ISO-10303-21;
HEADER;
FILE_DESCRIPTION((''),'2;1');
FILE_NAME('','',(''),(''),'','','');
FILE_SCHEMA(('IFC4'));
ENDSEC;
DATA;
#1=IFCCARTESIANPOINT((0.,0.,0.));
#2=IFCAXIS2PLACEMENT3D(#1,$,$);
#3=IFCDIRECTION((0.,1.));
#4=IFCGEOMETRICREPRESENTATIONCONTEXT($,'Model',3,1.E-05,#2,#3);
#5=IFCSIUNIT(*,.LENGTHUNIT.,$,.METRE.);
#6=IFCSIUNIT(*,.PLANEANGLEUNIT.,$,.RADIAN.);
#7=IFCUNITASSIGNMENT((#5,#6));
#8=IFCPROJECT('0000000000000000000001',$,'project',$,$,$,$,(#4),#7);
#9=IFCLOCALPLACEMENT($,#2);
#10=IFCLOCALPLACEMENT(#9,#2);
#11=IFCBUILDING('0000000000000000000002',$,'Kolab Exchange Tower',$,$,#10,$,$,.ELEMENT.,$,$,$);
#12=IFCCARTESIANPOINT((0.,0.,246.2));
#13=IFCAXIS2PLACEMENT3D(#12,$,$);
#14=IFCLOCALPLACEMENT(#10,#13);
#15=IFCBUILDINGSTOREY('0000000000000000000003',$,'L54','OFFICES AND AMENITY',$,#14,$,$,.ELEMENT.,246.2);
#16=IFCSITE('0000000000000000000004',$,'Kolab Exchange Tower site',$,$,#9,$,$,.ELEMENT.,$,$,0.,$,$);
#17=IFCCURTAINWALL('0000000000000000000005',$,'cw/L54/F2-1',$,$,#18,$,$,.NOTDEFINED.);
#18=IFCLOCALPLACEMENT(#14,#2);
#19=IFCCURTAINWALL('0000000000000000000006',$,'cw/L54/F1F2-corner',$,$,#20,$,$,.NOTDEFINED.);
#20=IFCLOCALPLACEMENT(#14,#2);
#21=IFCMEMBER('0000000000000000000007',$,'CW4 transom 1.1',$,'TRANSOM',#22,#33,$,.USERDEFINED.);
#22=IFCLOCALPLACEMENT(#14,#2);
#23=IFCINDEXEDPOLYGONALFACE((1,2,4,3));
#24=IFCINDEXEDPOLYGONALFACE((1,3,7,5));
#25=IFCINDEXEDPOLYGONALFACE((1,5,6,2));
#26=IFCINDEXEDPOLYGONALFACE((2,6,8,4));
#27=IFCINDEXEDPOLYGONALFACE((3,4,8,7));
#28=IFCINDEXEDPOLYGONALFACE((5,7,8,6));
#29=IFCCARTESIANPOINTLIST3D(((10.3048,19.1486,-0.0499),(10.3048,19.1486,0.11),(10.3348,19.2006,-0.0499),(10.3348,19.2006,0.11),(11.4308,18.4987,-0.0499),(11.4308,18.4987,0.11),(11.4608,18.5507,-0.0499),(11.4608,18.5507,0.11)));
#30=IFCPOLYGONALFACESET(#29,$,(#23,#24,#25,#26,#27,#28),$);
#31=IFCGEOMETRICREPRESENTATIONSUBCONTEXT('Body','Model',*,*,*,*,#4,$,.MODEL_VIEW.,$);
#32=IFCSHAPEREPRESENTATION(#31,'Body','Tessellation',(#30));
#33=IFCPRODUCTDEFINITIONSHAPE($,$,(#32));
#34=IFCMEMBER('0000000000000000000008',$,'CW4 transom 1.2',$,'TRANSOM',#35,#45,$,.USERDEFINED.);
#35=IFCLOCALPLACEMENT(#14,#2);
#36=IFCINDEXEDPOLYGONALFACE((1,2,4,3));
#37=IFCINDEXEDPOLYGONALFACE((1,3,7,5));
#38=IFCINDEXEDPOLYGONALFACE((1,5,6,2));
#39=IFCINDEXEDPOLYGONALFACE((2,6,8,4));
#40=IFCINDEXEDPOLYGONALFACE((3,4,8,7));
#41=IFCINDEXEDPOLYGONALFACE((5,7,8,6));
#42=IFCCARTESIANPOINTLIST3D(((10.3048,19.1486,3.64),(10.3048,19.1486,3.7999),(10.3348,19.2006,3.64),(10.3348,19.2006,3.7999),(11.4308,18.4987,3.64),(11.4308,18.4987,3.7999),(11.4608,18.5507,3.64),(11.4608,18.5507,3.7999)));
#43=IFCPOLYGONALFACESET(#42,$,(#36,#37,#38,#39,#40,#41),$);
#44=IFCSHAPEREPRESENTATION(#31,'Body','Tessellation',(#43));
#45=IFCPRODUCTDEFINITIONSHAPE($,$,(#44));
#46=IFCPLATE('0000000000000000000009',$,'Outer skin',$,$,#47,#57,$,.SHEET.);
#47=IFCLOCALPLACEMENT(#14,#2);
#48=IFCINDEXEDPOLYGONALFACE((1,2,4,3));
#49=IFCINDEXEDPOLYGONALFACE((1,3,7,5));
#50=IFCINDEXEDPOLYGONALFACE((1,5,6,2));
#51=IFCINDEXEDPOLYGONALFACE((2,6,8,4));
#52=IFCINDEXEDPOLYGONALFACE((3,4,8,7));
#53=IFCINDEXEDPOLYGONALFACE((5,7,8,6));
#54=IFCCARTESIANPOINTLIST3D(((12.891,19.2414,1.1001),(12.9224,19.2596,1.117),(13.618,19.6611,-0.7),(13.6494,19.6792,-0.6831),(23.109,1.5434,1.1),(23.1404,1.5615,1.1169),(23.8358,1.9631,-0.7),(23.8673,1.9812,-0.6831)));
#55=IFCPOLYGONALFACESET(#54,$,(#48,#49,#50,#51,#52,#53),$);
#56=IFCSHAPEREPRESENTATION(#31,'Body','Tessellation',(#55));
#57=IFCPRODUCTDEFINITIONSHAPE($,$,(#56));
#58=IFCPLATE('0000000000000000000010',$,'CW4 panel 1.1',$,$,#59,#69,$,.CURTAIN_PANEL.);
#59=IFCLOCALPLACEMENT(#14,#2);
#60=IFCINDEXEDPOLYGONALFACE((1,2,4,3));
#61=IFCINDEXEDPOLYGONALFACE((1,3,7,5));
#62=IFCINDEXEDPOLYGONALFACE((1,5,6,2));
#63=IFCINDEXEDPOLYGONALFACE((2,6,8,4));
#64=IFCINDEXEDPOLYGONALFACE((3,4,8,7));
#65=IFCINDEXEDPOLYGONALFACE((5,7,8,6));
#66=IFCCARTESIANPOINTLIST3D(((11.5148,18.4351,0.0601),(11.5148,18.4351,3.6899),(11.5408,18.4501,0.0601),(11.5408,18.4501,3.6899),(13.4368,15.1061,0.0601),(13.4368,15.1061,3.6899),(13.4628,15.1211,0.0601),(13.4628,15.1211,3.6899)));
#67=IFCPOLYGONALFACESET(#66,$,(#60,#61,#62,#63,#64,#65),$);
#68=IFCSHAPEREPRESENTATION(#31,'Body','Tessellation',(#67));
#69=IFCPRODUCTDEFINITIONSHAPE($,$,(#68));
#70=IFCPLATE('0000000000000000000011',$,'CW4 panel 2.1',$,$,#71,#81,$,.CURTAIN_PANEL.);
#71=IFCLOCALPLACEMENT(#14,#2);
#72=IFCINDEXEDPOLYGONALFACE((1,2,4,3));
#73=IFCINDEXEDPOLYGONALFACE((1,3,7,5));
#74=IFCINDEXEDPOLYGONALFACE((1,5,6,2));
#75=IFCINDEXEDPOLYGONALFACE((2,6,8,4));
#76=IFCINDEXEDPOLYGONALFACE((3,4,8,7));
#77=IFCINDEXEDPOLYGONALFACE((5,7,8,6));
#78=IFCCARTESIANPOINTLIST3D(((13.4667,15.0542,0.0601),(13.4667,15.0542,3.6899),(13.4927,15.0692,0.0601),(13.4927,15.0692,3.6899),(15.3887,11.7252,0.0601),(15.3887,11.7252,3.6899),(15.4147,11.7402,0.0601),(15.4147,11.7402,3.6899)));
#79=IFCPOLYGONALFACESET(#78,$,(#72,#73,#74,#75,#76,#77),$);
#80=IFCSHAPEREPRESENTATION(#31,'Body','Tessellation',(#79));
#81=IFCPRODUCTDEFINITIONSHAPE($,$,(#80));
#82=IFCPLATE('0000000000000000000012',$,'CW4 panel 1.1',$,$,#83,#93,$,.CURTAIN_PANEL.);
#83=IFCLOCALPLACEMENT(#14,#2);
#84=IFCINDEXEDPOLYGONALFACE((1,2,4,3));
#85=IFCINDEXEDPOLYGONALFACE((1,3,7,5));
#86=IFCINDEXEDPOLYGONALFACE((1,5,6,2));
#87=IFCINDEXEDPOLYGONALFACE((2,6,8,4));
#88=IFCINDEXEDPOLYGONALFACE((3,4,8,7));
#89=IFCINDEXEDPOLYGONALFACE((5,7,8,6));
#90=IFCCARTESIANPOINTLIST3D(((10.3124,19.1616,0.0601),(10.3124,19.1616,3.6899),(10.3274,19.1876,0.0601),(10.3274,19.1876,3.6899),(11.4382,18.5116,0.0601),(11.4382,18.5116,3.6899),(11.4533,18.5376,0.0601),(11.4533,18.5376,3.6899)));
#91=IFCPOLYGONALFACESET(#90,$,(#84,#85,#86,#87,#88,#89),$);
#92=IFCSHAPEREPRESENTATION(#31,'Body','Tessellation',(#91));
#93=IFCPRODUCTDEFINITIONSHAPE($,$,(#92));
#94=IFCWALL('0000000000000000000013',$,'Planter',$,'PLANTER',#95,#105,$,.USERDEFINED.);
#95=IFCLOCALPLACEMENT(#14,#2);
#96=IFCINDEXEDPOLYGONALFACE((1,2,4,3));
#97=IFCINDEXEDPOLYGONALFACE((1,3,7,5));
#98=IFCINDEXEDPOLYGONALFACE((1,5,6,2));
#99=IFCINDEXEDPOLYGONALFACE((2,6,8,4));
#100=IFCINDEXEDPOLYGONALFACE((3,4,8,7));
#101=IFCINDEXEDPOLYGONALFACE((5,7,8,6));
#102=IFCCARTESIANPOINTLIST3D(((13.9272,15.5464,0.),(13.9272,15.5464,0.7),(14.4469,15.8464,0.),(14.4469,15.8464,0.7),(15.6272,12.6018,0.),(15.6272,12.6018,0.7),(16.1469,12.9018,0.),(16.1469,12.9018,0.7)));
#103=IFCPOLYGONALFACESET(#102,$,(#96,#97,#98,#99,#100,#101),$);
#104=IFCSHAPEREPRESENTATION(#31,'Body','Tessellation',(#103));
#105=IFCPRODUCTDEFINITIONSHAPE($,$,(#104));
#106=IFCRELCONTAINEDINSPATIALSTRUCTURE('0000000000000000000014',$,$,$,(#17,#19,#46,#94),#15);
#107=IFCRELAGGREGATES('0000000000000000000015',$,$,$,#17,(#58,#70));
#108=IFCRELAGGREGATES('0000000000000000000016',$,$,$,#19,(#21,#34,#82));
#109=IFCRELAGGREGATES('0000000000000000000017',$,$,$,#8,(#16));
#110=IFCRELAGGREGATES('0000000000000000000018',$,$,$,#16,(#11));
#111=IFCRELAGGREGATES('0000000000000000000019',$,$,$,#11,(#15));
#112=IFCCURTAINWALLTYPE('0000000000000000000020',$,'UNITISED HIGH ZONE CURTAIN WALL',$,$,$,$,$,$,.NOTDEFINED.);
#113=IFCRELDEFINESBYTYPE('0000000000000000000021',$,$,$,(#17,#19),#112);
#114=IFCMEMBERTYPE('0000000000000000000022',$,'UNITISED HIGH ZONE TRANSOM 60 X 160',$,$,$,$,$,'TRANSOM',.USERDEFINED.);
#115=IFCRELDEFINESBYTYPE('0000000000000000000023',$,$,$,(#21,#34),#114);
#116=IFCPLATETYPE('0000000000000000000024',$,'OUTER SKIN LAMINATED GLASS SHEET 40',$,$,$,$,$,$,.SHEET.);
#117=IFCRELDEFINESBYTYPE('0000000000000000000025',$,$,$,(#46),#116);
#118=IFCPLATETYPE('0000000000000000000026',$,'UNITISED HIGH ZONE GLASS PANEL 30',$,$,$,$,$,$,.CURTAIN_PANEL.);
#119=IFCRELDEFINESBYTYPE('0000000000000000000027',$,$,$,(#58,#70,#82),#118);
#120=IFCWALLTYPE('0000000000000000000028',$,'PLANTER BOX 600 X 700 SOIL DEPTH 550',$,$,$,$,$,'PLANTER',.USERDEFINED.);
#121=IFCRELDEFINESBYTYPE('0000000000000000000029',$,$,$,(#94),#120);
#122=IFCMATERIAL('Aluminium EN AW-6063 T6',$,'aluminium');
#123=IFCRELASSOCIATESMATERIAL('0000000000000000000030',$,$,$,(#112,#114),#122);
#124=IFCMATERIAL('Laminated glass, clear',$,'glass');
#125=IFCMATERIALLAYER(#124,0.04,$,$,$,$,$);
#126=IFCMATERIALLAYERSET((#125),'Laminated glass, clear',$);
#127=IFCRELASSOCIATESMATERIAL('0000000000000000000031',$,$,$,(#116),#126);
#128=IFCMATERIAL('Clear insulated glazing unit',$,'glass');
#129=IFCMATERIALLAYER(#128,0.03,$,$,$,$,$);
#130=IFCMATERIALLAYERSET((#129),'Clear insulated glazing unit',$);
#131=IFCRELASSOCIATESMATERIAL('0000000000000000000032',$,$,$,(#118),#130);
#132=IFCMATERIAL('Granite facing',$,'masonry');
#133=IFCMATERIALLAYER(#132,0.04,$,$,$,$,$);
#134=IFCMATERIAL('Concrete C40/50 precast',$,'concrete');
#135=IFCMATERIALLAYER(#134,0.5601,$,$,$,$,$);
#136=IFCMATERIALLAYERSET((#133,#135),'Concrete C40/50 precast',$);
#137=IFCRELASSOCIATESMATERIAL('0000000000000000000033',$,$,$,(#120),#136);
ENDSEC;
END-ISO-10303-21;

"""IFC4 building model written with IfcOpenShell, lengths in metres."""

from ifc_helpers import new_model, si_unit, direction, frame, frame_2d, origin, origin_2d, place, context, subcontext, project, spatial, polyline, rectangle, outline, extrude, material, layer, layer_set, material_profile, profile_set, type_object, element, aggregate, save


model = new_model("IFC4")

# Units and contexts
model_context = context("Model", 3, precision=1e-05, world=origin(), true_north=direction((0.0, 1.0)))
body_context = subcontext(model_context, "Body", "Model", "MODEL_VIEW")
ifc_project = project(units=[si_unit("LENGTHUNIT", "METRE"), si_unit("PLANEANGLEUNIT", "RADIAN")], contexts=[model_context])

# Site, building, storey
site_placement = place(None, origin())
site = spatial("IfcSite", under=ifc_project, at=site_placement, Name="Kolab Exchange Tower site", CompositionType="ELEMENT", RefElevation=0.0)
building_placement = place(site_placement, origin())
building = spatial("IfcBuilding", under=site, at=building_placement, Name="Kolab Exchange Tower", CompositionType="ELEMENT")
storey_placement = place(building_placement, frame((0.0, 0.0, 246.2)))
storey = spatial("IfcBuildingStorey", under=building, at=storey_placement, Name="L54", Description="OFFICES AND AMENITY", CompositionType="ELEMENT", Elevation=246.2)

# Shared definitions
ifc_material_1 = material(Name="Aluminium EN AW-6063 T6", Category="aluminium")
curtain_wall_type = type_object("IfcCurtainWallType", Name="UNITISED HIGH ZONE CURTAIN WALL", PredefinedType="NOTDEFINED", material=ifc_material_1)

# Curtain walls
curtain_wall_1_placement = place(storey_placement, origin())
curtain_wall_1 = element("IfcCurtainWall", 1, at=curtain_wall_1_placement, inside=storey, type_object=curtain_wall_type, Name="cw/L54/F2-1", PredefinedType="NOTDEFINED")
curtain_wall_2_placement = place(storey_placement, origin())
curtain_wall_2 = element("IfcCurtainWall", 2, at=curtain_wall_2_placement, inside=storey, type_object=curtain_wall_type, Name="cw/L54/F1F2-corner", PredefinedType="NOTDEFINED")

# Members
ifc_material_profile_1 = material_profile(ifc_material_1, rectangle(XDim=0.0601, YDim=0.1599, at=origin_2d()), Name="RECT 60X160")
ifc_profile_set_1 = profile_set([ifc_material_profile_1], Name="Aluminium EN AW-6063 T6")
member_type_1 = type_object("IfcMemberType", Name="UNITISED HIGH ZONE TRANSOM 60 X 160", ElementType="TRANSOM", PredefinedType="USERDEFINED", material=ifc_profile_set_1)
member_1_placement = place(storey_placement, frame((10.3198, 19.1746, 0.03), z_axis=(0.866086, -0.499896, 0.0), x_axis=(0.499896, 0.866086, 0.0)))
member_1 = element("IfcMember", 3, at=member_1_placement, type_object=member_type_1, Name="CW4 transom 1.1", ObjectType="TRANSOM", PredefinedType="USERDEFINED", context=body_context, shape_type="SweptSolid", body=[
    extrude(rectangle(XDim=0.0601, YDim=0.1599, at=origin_2d()), origin(), (0.0, 0.0, 1.0), 1.3),
])
member_2_placement = place(storey_placement, frame((10.3198, 19.1746, 3.72), z_axis=(0.866086, -0.499896, 0.0), x_axis=(0.499896, 0.866086, 0.0)))
member_2 = element("IfcMember", 4, at=member_2_placement, type_object=member_type_1, Name="CW4 transom 1.2", ObjectType="TRANSOM", PredefinedType="USERDEFINED", context=body_context, shape_type="SweptSolid", body=[
    extrude(rectangle(XDim=0.0601, YDim=0.1599, at=origin_2d()), origin(), (0.0, 0.0, 1.0), 1.3),
])

# Plates
ifc_material_2 = material(Name="Laminated glass, clear", Category="glass")
ifc_layer_1 = layer(ifc_material_2, 0.04)
ifc_layer_set_1 = layer_set([ifc_layer_1], Name="Laminated glass, clear")
plate_type_1 = type_object("IfcPlateType", Name="OUTER SKIN LAMINATED GLASS SHEET 40", PredefinedType="SHEET", material=ifc_layer_set_1)
plate_1_placement = place(storey_placement, frame((13.6494, 19.6792, -0.6831), z_axis=(0.784886, 0.453152, 0.422619), x_axis=(0.499997, -0.866027, 0.000002)))
element("IfcPlate", 5, at=plate_1_placement, inside=storey, type_object=plate_type_1, Name="Outer skin", PredefinedType="SHEET", context=body_context, shape_type="SweptSolid", body=[
    extrude(outline(polyline([(0.0, 0.0), (20.4358, 0.0), (20.4359, -1.9861), (-0.0001, -1.9862), (0.0, 0.0)])), origin(), (0.0, 0.0, -1.0), 0.04),
])
ifc_material_3 = material(Name="Clear insulated glazing unit", Category="glass")
ifc_layer_2 = layer(ifc_material_3, 0.03)
ifc_layer_set_2 = layer_set([ifc_layer_2], Name="Clear insulated glazing unit")
plate_type_2 = type_object("IfcPlateType", Name="UNITISED HIGH ZONE GLASS PANEL 30", PredefinedType="CURTAIN_PANEL", material=ifc_layer_set_2)
plate_2_placement = place(storey_placement, frame((12.4888, 16.7781, 0.0601), z_axis=(0.0, 0.0, 1.0), x_axis=(0.5, -0.866025, 0.0)))
plate_2 = element("IfcPlate", 6, at=plate_2_placement, type_object=plate_type_2, Name="CW4 panel 1.1", PredefinedType="CURTAIN_PANEL", context=body_context, shape_type="SweptSolid", body=[
    extrude(rectangle(XDim=3.844, YDim=0.03, at=origin_2d()), origin(), (0.0, 0.0, 1.0), 3.6299),
])
plate_3_placement = place(storey_placement, frame((14.4407, 13.3972, 0.0601), z_axis=(0.0, 0.0, 1.0), x_axis=(0.5, -0.866025, 0.0)))
plate_3 = element("IfcPlate", 7, at=plate_3_placement, type_object=plate_type_2, Name="CW4 panel 2.1", PredefinedType="CURTAIN_PANEL", context=body_context, shape_type="SweptSolid", body=[
    extrude(rectangle(XDim=3.844, YDim=0.03, at=origin_2d()), origin(), (0.0, 0.0, 1.0), 3.6299),
])
aggregate(curtain_wall_1, [plate_2, plate_3])
plate_4_placement = place(storey_placement, frame((10.8828, 18.8496, 0.0601), z_axis=(0.0, 0.0, 1.0), x_axis=(0.866025, -0.5, 0.0)))
plate_4 = element("IfcPlate", 8, at=plate_4_placement, type_object=plate_type_2, Name="CW4 panel 1.1", PredefinedType="CURTAIN_PANEL", context=body_context, shape_type="SweptSolid", body=[
    extrude(rectangle(XDim=1.3, YDim=0.03, at=origin_2d()), origin(), (0.0, 0.0, 1.0), 3.6299),
])
aggregate(curtain_wall_2, [member_1, member_2, plate_4])

# Wall
ifc_material_4 = material(Name="Granite facing", Category="masonry")
ifc_layer_3 = layer(ifc_material_4, 0.04)
ifc_material_5 = material(Name="Concrete C40/50 precast", Category="concrete")
ifc_layer_4 = layer(ifc_material_5, 0.5601)
ifc_layer_set_3 = layer_set([ifc_layer_3, ifc_layer_4], Name="Concrete C40/50 precast")
wall_type = type_object("IfcWallType", Name="PLANTER BOX 600 X 700 SOIL DEPTH 550", ElementType="PLANTER", PredefinedType="USERDEFINED", material=ifc_layer_set_3)
wall_placement = place(storey_placement, frame((14.187, 15.6965, 0.0), z_axis=(0.0, 0.0, 1.0), x_axis=(0.499977, -0.866039, 0.0)))
element("IfcWall", 9, at=wall_placement, inside=storey, type_object=wall_type, Name="Planter", ObjectType="PLANTER", PredefinedType="USERDEFINED", context=body_context, shape_type="SweptSolid", body=[
    extrude(rectangle(XDim=3.4001, YDim=0.6001, at=frame_2d((1.7002, 0.0))), origin(), (0.0, 0.0, 1.0), 0.7),
])

save(model, "model.ifc")
